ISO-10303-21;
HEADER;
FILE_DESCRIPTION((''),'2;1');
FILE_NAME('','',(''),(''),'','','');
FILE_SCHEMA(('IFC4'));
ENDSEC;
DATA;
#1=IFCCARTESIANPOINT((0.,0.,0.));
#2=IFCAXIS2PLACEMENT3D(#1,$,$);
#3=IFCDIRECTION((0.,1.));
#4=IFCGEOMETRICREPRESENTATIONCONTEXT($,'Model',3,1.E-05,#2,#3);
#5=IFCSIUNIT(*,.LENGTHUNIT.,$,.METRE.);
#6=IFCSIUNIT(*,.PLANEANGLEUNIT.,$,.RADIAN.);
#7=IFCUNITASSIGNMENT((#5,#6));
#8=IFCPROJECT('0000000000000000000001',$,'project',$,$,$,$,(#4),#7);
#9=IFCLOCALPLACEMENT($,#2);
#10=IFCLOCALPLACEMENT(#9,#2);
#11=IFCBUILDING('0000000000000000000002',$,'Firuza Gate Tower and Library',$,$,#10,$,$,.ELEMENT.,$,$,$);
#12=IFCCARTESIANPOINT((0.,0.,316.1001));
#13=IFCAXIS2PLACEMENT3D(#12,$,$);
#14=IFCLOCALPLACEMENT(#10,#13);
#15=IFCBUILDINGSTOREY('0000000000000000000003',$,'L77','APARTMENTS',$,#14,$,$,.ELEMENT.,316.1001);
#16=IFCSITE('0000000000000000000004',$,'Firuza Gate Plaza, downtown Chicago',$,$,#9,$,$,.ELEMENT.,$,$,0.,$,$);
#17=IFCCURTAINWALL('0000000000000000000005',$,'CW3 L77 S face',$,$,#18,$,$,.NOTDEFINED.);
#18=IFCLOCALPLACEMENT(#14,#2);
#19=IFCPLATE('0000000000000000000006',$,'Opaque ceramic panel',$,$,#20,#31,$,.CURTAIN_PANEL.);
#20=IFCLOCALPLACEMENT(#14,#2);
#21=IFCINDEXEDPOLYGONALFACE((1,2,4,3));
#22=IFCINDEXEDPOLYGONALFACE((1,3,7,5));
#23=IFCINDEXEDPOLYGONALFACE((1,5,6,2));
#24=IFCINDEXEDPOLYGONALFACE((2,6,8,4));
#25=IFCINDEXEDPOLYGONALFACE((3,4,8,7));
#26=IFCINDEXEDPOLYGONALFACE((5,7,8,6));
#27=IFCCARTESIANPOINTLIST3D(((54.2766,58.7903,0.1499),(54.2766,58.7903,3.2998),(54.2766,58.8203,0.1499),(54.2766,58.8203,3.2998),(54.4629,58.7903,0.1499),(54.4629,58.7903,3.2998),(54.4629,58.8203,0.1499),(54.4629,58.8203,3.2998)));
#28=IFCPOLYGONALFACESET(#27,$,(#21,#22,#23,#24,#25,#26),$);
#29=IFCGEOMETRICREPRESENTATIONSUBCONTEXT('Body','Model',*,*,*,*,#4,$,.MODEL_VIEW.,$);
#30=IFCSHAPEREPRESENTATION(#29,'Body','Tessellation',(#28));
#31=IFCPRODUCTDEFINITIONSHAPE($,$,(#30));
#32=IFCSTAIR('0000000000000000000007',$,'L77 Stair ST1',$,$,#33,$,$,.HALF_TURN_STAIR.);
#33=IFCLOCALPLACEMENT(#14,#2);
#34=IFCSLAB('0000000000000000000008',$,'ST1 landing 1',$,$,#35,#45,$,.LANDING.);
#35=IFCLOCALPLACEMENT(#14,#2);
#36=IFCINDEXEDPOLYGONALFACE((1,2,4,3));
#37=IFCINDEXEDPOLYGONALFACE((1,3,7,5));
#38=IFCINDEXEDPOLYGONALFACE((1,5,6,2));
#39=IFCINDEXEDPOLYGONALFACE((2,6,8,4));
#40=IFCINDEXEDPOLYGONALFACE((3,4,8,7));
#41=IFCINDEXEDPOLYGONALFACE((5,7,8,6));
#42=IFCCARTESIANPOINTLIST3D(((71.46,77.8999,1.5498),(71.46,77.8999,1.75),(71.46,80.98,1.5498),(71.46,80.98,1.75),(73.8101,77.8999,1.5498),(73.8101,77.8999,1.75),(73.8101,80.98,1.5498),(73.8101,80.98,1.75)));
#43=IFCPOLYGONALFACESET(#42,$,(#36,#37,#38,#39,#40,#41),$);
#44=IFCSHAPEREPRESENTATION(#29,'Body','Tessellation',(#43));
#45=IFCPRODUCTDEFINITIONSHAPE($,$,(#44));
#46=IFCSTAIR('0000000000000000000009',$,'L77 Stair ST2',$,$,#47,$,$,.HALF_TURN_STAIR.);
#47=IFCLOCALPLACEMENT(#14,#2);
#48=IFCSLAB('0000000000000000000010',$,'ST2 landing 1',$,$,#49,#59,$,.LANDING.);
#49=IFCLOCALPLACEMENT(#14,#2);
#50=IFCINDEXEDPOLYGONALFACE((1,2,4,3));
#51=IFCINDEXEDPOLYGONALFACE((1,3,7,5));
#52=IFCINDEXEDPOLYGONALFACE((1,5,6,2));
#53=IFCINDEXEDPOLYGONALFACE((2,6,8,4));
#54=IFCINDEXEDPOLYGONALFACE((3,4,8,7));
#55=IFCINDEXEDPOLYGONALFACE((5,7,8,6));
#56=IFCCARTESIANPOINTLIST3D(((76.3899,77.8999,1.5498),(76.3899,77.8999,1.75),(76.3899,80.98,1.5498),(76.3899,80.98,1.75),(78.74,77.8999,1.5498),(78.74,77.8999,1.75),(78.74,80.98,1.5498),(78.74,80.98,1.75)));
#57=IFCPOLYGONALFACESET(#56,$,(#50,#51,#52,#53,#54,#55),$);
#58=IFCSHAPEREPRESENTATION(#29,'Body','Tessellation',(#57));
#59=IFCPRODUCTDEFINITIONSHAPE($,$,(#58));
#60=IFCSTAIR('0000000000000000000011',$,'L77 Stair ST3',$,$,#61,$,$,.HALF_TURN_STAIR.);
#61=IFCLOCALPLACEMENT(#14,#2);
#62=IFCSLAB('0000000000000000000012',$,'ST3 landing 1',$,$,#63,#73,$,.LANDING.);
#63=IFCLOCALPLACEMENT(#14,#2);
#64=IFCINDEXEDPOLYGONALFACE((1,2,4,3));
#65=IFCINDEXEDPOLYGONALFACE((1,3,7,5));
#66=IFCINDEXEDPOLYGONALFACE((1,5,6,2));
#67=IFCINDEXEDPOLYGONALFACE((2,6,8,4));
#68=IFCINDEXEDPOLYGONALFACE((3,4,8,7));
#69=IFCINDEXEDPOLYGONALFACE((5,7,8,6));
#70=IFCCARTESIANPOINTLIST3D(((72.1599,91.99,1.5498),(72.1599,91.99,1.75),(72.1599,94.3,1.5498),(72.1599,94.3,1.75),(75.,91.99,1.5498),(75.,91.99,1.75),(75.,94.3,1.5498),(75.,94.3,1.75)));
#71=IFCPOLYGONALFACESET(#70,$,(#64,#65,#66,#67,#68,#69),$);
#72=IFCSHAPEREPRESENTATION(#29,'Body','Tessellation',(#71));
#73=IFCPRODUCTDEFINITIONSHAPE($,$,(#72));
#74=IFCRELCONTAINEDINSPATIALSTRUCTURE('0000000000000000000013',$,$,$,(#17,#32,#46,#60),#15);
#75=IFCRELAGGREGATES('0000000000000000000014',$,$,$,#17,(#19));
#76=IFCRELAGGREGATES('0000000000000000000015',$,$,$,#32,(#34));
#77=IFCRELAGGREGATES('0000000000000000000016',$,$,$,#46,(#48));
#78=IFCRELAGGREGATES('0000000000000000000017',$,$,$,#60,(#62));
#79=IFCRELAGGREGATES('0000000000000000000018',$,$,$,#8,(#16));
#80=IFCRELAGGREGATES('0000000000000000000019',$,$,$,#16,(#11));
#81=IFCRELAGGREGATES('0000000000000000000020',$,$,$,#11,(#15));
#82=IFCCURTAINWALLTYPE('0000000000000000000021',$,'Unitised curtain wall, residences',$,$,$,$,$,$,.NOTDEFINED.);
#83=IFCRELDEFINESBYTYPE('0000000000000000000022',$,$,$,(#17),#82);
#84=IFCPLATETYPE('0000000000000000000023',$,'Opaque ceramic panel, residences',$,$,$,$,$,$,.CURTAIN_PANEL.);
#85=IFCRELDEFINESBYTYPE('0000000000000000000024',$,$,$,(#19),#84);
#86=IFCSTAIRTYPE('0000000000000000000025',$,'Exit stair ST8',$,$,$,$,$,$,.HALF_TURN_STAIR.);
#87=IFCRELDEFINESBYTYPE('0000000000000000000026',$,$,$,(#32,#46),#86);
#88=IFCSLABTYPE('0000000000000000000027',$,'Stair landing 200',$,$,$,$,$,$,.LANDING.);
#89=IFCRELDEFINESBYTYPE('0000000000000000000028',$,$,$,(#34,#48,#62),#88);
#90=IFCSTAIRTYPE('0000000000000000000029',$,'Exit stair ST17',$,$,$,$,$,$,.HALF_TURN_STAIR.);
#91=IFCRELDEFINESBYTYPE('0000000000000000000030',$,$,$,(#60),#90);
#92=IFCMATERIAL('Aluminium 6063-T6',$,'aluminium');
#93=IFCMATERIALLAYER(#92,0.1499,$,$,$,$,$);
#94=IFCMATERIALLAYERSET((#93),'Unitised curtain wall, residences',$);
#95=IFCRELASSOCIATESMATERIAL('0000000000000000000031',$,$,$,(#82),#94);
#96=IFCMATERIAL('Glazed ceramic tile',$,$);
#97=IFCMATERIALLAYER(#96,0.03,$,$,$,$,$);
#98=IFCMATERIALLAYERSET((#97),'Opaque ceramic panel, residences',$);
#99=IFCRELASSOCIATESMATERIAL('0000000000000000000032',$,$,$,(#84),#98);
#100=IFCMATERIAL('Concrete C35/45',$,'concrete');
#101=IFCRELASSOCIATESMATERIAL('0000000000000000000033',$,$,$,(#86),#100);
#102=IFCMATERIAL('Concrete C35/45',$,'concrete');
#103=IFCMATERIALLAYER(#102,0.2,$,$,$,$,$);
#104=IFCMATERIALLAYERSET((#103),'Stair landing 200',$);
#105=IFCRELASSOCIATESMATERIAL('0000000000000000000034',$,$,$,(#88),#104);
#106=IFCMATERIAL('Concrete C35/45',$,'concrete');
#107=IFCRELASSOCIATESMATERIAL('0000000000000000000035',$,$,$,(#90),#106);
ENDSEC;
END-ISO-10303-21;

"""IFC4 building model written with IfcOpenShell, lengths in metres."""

from ifc_helpers import new_model, si_unit, direction, frame, origin, place, context, subcontext, project, spatial, polyline, outline, extrude, material, layer, layer_set, type_object, element, aggregate, save


model = new_model("IFC4")

# Units and contexts
model_context = context("Model", 3, precision=1e-05, world=origin(), true_north=direction((0.0, 1.0)))
body_context = subcontext(model_context, "Body", "Model", "MODEL_VIEW")
ifc_project = project(units=[si_unit("LENGTHUNIT", "METRE"), si_unit("PLANEANGLEUNIT", "RADIAN")], contexts=[model_context])

# Site, building, storey
site_placement = place(None, origin())
site = spatial("IfcSite", under=ifc_project, at=site_placement, Name="Firuza Gate Plaza, downtown Chicago", CompositionType="ELEMENT", RefElevation=0.0)
building_placement = place(site_placement, origin())
building = spatial("IfcBuilding", under=site, at=building_placement, Name="Firuza Gate Tower and Library", CompositionType="ELEMENT")
storey_placement = place(building_placement, frame((0.0, 0.0, 316.1001)))
storey = spatial("IfcBuildingStorey", under=building, at=storey_placement, Name="L77", Description="APARTMENTS", CompositionType="ELEMENT", Elevation=316.1001)

# Curtain wall
placement_1 = place(storey_placement, origin())
ifc_material_1 = material(Name="Aluminium 6063-T6", Category="aluminium")
ifc_layer_1 = layer(ifc_material_1, 0.1499)
ifc_layer_set_1 = layer_set([ifc_layer_1], Name="Unitised curtain wall, residences")
curtain_wall_type_1 = type_object("IfcCurtainWallType", Name="Unitised curtain wall, residences", PredefinedType="NOTDEFINED", material=ifc_layer_set_1)
curtain_wall_1 = element("IfcCurtainWall", 1, at=placement_1, inside=storey, type_object=curtain_wall_type_1, Name="CW3 L77 S face", PredefinedType="NOTDEFINED")

# Plate
ifc_material_2 = material(Name="Glazed ceramic tile")
ifc_layer_2 = layer(ifc_material_2, 0.03)
ifc_layer_set_2 = layer_set([ifc_layer_2], Name="Opaque ceramic panel, residences")
plate_type_1 = type_object("IfcPlateType", Name="Opaque ceramic panel, residences", PredefinedType="CURTAIN_PANEL", material=ifc_layer_set_2)
plate_1_placement = place(storey_placement, frame((54.2766, 58.7903, 0.1499), z_axis=(0.0, -1.0, 0.0), x_axis=(1.0, 0.0, 0.0)))
plate_1 = element("IfcPlate", 2, at=plate_1_placement, type_object=plate_type_1, Name="Opaque ceramic panel", PredefinedType="CURTAIN_PANEL", context=body_context, shape_type="SweptSolid", body=[
    extrude(outline(polyline([(0.0, 0.0), (0.1863, 0.0), (0.1863, 3.1499), (0.0, 3.1499), (0.0, 0.0)])), origin(), (0.0, 0.0, -1.0), 0.03),
])
aggregate(curtain_wall_1, [plate_1])

# Stairs, slabs
ifc_material_3 = material(Name="Concrete C35/45", Category="concrete")
stair_type_1 = type_object("IfcStairType", Name="Exit stair ST8", PredefinedType="HALF_TURN_STAIR", material=ifc_material_3)
stair_1 = element("IfcStair", 3, at=placement_1, inside=storey, type_object=stair_type_1, Name="L77 Stair ST1", PredefinedType="HALF_TURN_STAIR")
ifc_material_4 = material(Name="Concrete C35/45", Category="concrete")
ifc_layer_3 = layer(ifc_material_4, 0.2)
ifc_layer_set_3 = layer_set([ifc_layer_3], Name="Stair landing 200")
slab_type_1 = type_object("IfcSlabType", Name="Stair landing 200", PredefinedType="LANDING", material=ifc_layer_set_3)
placement_2 = place(storey_placement, frame((0.0, 0.0, 1.5498)))
slab_1 = element("IfcSlab", 4, at=placement_2, type_object=slab_type_1, Name="ST1 landing 1", PredefinedType="LANDING", context=body_context, shape_type="SweptSolid", body=[
    extrude(outline(polyline([(71.46, 77.8999), (73.8101, 77.8999), (73.8101, 80.98), (71.46, 80.98), (71.46, 77.8999)])), origin(), (0.0, 0.0, 1.0), 0.2002),
])
aggregate(stair_1, [slab_1])
stair_2 = element("IfcStair", 5, at=placement_1, inside=storey, type_object=stair_type_1, Name="L77 Stair ST2", PredefinedType="HALF_TURN_STAIR")
slab_2 = element("IfcSlab", 6, at=placement_2, type_object=slab_type_1, Name="ST2 landing 1", PredefinedType="LANDING", context=body_context, shape_type="SweptSolid", body=[
    extrude(outline(polyline([(78.74, 80.98), (76.3899, 80.98), (76.3899, 77.8999), (78.74, 77.8999), (78.74, 80.98)])), origin(), (0.0, 0.0, 1.0), 0.2002),
])
aggregate(stair_2, [slab_2])
ifc_material_5 = material(Name="Concrete C35/45", Category="concrete")
stair_type_2 = type_object("IfcStairType", Name="Exit stair ST17", PredefinedType="HALF_TURN_STAIR", material=ifc_material_5)
stair_3 = element("IfcStair", 7, at=placement_1, inside=storey, type_object=stair_type_2, Name="L77 Stair ST3", PredefinedType="HALF_TURN_STAIR")
slab_3 = element("IfcSlab", 8, at=placement_2, type_object=slab_type_1, Name="ST3 landing 1", PredefinedType="LANDING", context=body_context, shape_type="SweptSolid", body=[
    extrude(outline(polyline([(75.0, 91.99), (75.0, 94.3), (72.1599, 94.3), (72.1599, 91.99), (75.0, 91.99)])), origin(), (0.0, 0.0, 1.0), 0.2002),
])
aggregate(stair_3, [slab_3])

save(model, "model.ifc")
